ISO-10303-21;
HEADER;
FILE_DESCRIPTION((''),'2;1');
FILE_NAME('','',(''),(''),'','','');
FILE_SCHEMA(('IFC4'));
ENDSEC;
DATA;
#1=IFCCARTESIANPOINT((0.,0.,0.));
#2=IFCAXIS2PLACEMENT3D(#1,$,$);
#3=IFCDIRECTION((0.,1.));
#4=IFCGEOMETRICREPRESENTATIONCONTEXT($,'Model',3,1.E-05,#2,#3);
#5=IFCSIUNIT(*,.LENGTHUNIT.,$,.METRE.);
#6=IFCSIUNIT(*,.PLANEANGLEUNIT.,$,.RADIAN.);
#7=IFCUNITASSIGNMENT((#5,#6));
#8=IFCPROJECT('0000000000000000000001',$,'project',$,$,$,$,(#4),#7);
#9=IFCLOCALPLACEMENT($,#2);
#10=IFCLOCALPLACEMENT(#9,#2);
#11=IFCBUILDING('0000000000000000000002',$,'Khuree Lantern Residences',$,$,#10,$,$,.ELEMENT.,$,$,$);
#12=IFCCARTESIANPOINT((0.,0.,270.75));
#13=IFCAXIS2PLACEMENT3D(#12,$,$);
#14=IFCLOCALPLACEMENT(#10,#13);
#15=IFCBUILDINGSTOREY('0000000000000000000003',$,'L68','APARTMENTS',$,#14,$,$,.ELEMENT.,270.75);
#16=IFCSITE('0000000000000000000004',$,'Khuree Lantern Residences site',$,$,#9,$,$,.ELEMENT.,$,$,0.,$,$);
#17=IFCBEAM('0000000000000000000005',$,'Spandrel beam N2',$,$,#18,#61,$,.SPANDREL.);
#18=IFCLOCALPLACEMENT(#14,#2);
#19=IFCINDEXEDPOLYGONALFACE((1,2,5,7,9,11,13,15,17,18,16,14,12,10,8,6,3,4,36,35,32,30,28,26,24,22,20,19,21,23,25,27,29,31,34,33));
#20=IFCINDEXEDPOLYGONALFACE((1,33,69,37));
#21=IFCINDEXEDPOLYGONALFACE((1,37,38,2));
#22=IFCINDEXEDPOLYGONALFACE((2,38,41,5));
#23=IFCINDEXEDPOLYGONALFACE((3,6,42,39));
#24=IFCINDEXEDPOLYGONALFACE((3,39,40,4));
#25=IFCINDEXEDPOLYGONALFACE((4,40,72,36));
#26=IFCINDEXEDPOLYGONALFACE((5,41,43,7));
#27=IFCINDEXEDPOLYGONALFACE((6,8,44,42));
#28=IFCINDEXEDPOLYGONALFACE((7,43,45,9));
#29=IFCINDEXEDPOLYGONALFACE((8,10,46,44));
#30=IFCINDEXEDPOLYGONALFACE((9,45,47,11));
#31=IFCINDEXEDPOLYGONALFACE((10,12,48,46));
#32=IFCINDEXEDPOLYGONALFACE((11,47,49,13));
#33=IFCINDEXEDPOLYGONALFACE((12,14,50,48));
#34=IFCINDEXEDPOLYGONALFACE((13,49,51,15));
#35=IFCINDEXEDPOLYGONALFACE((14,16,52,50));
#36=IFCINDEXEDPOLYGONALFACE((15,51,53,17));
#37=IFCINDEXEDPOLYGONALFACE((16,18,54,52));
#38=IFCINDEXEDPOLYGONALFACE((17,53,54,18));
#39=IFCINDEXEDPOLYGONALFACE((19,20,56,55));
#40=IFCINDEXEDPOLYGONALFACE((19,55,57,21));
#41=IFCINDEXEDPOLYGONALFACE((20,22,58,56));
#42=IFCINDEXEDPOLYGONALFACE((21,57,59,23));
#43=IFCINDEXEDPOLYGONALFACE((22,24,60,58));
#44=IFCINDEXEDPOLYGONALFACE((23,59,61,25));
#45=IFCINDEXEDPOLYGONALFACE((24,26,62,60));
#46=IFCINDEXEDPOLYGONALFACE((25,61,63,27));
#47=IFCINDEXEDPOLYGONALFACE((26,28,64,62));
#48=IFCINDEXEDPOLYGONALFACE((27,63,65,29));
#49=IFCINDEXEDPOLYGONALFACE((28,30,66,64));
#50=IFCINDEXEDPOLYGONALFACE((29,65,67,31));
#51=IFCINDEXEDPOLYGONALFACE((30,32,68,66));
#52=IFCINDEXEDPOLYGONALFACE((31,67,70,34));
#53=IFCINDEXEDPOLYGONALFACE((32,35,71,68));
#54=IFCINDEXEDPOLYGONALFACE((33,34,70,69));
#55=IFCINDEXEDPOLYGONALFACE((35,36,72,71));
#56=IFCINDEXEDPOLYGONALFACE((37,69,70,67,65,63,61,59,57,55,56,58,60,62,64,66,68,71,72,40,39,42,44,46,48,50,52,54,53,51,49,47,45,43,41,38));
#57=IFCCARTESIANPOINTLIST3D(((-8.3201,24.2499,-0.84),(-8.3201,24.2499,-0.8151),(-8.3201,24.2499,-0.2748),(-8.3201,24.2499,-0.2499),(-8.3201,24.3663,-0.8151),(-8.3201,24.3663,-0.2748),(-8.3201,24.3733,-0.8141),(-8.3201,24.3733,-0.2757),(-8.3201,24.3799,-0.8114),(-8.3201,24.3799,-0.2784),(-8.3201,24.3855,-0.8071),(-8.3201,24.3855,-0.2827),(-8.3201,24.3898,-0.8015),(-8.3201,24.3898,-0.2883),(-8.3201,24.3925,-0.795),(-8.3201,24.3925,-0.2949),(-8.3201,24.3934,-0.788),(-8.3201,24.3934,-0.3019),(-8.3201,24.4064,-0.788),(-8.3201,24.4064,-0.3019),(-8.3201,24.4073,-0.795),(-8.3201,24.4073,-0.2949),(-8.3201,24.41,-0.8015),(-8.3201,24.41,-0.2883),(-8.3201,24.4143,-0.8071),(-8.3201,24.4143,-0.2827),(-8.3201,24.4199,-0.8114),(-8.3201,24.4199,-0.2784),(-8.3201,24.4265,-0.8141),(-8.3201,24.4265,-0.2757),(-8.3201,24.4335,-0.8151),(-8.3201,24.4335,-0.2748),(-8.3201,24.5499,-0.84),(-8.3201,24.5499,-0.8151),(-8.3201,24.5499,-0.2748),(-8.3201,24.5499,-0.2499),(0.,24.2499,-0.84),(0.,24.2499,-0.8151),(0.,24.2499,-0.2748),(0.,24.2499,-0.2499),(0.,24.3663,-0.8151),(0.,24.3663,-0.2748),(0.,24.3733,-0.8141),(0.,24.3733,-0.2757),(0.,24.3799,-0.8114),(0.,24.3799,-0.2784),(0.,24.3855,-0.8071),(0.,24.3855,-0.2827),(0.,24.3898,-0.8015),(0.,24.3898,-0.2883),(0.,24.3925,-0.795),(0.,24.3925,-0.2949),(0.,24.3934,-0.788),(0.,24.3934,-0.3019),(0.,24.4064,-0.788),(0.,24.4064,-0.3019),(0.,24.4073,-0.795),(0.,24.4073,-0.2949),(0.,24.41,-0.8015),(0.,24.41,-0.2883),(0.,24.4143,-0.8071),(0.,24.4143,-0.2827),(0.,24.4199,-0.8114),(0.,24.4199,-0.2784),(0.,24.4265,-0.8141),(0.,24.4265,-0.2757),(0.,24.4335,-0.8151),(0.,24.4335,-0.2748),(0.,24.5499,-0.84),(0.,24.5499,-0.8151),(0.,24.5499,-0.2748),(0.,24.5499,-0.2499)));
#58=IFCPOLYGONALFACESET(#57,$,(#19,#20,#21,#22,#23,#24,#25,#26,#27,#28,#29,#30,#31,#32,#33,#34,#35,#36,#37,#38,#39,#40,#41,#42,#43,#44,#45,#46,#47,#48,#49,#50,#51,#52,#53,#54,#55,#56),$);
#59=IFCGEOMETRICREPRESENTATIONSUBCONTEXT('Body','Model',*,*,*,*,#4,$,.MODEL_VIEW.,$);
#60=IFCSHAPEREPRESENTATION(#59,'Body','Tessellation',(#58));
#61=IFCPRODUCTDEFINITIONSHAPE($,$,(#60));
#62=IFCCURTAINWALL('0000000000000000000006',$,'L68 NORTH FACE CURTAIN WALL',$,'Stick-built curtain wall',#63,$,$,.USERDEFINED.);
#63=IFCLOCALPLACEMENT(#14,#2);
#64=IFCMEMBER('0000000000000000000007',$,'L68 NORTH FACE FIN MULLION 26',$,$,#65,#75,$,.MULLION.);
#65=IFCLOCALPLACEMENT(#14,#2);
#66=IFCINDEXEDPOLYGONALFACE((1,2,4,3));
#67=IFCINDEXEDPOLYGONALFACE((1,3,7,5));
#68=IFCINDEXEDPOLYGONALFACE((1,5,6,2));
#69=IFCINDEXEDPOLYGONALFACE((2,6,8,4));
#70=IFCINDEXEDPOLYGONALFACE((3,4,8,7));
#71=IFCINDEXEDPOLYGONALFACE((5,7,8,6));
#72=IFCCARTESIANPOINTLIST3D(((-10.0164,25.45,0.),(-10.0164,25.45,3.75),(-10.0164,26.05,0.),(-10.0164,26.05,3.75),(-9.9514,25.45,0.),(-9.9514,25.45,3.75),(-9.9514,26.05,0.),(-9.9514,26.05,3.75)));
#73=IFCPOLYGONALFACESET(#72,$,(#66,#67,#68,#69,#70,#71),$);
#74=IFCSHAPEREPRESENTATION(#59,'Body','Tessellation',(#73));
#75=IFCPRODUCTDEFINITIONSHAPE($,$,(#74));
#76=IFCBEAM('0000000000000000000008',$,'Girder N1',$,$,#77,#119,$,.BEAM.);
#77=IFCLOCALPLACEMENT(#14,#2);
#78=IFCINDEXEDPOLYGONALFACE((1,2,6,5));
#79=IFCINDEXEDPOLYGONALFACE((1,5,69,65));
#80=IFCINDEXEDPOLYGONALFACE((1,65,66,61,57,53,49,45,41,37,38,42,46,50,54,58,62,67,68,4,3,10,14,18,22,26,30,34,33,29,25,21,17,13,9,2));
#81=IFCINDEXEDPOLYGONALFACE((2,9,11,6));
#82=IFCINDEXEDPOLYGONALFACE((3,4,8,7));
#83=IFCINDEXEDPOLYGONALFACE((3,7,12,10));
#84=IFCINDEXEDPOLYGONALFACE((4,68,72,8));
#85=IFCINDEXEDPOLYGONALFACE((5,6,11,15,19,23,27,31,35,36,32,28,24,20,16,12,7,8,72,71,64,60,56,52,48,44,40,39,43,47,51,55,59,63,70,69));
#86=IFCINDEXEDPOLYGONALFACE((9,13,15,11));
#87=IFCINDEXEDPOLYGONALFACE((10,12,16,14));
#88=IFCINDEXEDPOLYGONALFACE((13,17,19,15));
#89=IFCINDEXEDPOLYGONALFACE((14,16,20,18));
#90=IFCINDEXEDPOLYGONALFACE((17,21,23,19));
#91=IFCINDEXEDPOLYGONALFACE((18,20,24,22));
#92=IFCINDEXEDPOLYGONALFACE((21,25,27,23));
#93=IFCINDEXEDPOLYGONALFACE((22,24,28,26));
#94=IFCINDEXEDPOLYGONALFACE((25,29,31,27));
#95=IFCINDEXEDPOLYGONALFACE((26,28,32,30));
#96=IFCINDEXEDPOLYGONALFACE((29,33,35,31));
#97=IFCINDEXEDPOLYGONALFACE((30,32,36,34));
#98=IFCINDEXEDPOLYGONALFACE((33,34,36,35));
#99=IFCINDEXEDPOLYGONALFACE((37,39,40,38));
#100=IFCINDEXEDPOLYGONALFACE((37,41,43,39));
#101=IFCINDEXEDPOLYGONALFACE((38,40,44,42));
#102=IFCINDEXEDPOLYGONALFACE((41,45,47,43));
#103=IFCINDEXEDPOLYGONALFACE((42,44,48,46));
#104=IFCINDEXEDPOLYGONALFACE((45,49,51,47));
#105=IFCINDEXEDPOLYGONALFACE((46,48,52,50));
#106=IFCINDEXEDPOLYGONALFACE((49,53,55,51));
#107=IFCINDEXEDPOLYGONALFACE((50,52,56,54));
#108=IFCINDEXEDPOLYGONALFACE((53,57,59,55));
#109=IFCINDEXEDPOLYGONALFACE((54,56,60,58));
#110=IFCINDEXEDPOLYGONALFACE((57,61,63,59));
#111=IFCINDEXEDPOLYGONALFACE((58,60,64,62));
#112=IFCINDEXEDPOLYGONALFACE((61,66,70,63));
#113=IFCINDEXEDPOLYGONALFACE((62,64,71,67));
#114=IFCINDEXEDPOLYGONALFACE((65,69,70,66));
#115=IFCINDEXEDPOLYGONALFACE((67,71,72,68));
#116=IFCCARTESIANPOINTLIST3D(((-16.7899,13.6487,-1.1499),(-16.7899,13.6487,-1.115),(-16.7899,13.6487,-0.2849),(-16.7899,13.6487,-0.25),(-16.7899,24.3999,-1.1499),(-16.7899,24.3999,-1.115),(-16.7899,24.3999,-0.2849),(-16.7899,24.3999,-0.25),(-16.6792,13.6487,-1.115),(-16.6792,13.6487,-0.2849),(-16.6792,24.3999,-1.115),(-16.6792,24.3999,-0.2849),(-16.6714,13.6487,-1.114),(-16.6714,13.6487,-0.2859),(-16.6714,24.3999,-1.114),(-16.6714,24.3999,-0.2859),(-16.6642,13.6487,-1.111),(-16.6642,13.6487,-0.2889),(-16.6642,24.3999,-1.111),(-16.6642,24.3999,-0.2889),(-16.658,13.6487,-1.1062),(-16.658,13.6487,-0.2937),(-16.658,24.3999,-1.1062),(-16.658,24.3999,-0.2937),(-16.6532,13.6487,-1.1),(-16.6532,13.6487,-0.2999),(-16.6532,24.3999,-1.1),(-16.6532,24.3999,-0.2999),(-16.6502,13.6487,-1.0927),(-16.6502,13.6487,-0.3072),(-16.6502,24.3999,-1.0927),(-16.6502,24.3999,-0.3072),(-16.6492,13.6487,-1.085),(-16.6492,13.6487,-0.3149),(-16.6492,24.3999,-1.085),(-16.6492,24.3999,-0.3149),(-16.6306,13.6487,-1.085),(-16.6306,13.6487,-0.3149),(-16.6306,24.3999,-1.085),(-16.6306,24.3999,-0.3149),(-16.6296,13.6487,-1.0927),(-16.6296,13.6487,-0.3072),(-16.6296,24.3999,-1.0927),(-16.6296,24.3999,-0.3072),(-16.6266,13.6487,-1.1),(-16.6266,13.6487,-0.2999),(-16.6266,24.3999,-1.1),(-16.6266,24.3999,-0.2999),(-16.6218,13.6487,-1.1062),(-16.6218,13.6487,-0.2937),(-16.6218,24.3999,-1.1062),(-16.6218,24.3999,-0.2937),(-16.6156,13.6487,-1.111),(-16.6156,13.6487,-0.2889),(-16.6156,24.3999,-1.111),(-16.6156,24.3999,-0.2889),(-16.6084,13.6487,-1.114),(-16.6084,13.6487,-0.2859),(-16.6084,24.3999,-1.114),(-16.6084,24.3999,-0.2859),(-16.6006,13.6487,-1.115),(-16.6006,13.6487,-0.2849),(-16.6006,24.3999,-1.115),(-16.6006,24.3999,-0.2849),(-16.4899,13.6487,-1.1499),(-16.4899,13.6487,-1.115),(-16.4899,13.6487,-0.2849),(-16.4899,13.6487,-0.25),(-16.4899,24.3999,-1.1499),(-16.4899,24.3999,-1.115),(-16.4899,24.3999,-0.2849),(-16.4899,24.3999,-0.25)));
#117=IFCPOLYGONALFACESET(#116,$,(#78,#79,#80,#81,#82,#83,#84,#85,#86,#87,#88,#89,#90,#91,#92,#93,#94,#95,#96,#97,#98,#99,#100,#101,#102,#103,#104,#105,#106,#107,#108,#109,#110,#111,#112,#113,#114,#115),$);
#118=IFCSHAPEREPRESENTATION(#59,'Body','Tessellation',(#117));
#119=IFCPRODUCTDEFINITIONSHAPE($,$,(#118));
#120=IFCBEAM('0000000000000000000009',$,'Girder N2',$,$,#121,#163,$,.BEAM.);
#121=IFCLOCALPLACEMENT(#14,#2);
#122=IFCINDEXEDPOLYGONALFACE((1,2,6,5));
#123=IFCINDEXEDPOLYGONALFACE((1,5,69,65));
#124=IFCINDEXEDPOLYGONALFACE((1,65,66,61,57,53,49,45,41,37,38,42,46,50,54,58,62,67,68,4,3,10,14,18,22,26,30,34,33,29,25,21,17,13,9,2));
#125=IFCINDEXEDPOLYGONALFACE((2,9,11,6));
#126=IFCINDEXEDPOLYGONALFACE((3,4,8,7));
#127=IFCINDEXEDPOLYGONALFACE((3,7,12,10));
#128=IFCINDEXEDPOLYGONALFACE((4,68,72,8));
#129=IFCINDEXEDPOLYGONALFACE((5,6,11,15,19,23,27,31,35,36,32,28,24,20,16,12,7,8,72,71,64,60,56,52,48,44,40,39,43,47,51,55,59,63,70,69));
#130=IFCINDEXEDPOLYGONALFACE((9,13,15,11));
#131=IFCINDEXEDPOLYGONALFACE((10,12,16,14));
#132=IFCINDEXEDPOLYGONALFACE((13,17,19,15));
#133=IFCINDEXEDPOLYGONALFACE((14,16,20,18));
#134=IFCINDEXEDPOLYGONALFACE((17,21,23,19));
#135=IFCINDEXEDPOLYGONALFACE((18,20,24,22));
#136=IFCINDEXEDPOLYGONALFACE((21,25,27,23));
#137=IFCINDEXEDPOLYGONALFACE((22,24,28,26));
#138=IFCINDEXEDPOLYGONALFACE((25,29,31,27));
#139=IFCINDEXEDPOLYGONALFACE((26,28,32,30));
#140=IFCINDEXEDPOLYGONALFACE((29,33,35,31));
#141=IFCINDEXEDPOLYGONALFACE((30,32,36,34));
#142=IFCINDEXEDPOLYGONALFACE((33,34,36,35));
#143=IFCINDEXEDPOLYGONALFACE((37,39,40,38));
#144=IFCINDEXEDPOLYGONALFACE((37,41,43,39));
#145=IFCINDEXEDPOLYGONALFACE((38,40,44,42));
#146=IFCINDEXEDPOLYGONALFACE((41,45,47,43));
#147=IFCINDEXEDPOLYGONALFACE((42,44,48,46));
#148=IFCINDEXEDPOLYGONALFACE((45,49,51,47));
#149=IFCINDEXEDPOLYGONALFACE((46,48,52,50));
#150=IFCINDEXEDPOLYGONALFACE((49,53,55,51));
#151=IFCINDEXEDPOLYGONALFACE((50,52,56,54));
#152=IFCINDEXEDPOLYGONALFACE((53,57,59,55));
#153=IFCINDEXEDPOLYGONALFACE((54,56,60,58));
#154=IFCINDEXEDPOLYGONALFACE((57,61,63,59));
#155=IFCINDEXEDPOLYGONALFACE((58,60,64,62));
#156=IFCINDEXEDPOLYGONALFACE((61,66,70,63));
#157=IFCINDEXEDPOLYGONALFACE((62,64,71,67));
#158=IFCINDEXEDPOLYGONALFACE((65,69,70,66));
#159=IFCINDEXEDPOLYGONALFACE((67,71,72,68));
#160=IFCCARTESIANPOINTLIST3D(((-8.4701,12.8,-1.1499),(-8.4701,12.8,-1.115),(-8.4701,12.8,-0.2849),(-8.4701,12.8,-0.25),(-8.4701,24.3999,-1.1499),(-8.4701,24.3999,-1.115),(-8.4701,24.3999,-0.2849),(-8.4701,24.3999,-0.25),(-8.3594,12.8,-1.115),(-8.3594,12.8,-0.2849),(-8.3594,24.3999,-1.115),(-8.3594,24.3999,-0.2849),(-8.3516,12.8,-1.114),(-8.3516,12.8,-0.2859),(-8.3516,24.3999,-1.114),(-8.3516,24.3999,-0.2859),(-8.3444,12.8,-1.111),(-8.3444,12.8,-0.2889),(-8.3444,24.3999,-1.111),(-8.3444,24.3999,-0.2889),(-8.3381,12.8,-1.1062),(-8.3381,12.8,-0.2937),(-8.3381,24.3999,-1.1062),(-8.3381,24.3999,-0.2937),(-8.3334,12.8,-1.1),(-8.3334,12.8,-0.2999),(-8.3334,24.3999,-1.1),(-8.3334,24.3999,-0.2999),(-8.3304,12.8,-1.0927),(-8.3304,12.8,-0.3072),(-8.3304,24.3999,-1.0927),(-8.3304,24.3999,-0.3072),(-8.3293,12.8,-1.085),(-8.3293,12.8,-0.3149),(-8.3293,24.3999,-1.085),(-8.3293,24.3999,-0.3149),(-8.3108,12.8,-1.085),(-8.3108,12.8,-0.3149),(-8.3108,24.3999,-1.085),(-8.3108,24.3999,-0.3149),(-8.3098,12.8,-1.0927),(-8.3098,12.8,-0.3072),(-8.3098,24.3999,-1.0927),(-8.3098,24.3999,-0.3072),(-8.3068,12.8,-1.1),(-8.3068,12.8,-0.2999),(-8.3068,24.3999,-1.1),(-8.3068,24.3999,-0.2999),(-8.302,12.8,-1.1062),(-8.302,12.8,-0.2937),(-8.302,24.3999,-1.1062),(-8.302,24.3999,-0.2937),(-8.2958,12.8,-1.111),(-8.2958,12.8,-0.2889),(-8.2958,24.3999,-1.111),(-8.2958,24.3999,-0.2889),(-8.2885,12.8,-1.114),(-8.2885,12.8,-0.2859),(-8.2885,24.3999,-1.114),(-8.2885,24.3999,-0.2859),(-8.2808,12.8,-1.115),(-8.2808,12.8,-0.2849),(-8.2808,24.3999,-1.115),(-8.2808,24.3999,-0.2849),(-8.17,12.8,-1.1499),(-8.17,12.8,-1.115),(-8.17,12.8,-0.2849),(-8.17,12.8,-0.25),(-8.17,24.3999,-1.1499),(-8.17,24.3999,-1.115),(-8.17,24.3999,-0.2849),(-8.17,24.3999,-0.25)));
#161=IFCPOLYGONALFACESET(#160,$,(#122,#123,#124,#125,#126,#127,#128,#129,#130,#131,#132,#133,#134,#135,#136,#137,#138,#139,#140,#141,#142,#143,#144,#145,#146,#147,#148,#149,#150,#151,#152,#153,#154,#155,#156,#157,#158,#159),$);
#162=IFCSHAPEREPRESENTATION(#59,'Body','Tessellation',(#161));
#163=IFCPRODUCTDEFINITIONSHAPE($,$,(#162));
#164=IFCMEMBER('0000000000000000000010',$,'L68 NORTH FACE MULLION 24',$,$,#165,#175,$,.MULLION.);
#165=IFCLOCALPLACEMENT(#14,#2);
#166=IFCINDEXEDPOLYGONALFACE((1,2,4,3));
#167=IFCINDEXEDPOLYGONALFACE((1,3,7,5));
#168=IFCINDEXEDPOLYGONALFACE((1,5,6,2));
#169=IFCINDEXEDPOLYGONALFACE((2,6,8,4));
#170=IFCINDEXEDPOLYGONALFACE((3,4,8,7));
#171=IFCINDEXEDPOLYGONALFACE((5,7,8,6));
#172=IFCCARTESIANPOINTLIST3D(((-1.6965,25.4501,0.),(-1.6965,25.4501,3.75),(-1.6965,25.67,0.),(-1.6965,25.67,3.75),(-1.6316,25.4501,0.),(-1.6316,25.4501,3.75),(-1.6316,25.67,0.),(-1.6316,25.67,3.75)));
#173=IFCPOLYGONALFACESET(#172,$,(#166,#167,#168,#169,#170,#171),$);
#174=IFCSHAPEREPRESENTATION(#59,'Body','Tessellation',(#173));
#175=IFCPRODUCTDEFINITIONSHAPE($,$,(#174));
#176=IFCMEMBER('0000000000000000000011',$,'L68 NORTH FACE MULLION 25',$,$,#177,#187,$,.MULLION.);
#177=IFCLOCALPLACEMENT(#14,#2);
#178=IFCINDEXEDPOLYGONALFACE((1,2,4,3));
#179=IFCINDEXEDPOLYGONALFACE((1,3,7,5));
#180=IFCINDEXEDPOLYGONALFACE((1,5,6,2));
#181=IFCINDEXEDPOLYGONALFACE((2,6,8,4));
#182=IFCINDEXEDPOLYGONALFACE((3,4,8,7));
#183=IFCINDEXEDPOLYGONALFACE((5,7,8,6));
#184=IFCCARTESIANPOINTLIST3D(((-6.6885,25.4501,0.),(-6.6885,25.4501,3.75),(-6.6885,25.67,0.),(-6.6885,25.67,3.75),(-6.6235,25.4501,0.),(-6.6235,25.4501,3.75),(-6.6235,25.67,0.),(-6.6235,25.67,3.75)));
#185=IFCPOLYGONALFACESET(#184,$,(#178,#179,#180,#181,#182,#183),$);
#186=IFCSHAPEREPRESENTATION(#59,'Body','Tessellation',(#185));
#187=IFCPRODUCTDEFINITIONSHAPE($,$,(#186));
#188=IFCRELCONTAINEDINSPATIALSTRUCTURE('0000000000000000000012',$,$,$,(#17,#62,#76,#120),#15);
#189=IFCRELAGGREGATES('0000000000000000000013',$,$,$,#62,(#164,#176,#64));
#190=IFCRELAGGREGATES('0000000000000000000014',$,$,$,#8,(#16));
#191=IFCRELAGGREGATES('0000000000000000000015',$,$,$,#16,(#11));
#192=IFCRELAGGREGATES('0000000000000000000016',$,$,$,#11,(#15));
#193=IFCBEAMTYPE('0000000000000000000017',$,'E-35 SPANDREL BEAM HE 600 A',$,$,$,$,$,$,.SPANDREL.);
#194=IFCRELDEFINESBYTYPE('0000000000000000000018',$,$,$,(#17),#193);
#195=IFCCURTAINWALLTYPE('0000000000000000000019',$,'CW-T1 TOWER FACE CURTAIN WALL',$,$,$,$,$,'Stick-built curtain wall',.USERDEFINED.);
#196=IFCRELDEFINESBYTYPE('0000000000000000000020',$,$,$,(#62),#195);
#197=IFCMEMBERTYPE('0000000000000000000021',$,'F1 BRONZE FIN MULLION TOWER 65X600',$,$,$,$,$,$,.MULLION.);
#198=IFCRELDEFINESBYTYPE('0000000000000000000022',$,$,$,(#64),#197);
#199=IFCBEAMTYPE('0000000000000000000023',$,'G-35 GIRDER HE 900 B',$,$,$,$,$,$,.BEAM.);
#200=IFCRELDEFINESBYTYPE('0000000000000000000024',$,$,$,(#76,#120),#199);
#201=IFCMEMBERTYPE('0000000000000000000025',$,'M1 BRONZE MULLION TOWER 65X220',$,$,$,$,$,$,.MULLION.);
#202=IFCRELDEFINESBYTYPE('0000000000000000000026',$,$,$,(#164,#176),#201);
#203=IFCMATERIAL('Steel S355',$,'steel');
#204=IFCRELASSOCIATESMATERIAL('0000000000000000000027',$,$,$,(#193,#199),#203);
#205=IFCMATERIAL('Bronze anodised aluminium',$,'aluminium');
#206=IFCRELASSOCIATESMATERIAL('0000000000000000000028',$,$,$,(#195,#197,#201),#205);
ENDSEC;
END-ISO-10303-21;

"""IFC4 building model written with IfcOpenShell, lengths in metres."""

from ifc_helpers import new_model, si_unit, direction, frame, origin, origin_2d, place, context, subcontext, project, spatial, rectangle, i_section, extrude, material, material_profile, profile_set, type_object, element, aggregate, save


model = new_model("IFC4")

# Units and contexts
model_context = context("Model", 3, precision=1e-05, world=origin(), true_north=direction((0.0, 1.0)))
body_context = subcontext(model_context, "Body", "Model", "MODEL_VIEW")
ifc_project = project(units=[si_unit("LENGTHUNIT", "METRE"), si_unit("PLANEANGLEUNIT", "RADIAN")], contexts=[model_context])

# Site, building, storey
site_placement = place(None, origin())
site = spatial("IfcSite", under=ifc_project, at=site_placement, Name="Khuree Lantern Residences site", CompositionType="ELEMENT", RefElevation=0.0)
building_placement = place(site_placement, origin())
building = spatial("IfcBuilding", under=site, at=building_placement, Name="Khuree Lantern Residences", CompositionType="ELEMENT")
storey_placement = place(building_placement, frame((0.0, 0.0, 270.75)))
storey = spatial("IfcBuildingStorey", under=building, at=storey_placement, Name="L68", Description="APARTMENTS", CompositionType="ELEMENT", Elevation=270.75)

# Beam
ifc_material_1 = material(Name="Steel S355", Category="steel")
ifc_material_profile_1 = material_profile(ifc_material_1, i_section(OverallWidth=0.3, OverallDepth=0.5901, WebThickness=0.0129, FlangeThickness=0.0249, FilletRadius=0.0271, at=origin_2d()), Name="HE 600 A")
ifc_profile_set_1 = profile_set([ifc_material_profile_1], Name="Steel S355")
beam_type_1 = type_object("IfcBeamType", Name="E-35 SPANDREL BEAM HE 600 A", PredefinedType="SPANDREL", material=ifc_profile_set_1)
beam_1_placement = place(storey_placement, frame((-8.3201, 24.3999, -0.5449), z_axis=(1.0, 0.0, 0.0), x_axis=(0.0, 1.0, 0.0)))
element("IfcBeam", 1, at=beam_1_placement, inside=storey, type_object=beam_type_1, Name="Spandrel beam N2", PredefinedType="SPANDREL", context=body_context, shape_type="SweptSolid", body=[
    extrude(i_section(OverallWidth=0.3, OverallDepth=0.5901, WebThickness=0.0129, FlangeThickness=0.0249, FilletRadius=0.0271, at=origin_2d()), origin(), (0.0, 0.0, 1.0), 8.3201),
])

# Curtain wall, member
ifc_material_2 = material(Name="Bronze anodised aluminium", Category="aluminium")
curtain_wall_type = type_object("IfcCurtainWallType", Name="CW-T1 TOWER FACE CURTAIN WALL", ElementType="Stick-built curtain wall", PredefinedType="USERDEFINED", material=ifc_material_2)
curtain_wall_placement = place(storey_placement, origin())
curtain_wall = element("IfcCurtainWall", 2, at=curtain_wall_placement, inside=storey, type_object=curtain_wall_type, Name="L68 NORTH FACE CURTAIN WALL", ObjectType="Stick-built curtain wall", PredefinedType="USERDEFINED")
ifc_material_profile_2 = material_profile(ifc_material_2, rectangle(XDim=0.0649, YDim=0.6001, at=origin_2d()), Name="F1 65X600")
ifc_profile_set_2 = profile_set([ifc_material_profile_2], Name="Bronze anodised aluminium")
member_type_1 = type_object("IfcMemberType", Name="F1 BRONZE FIN MULLION TOWER 65X600", PredefinedType="MULLION", material=ifc_profile_set_2)
member_1_placement = place(storey_placement, frame((-9.9839, 25.75, 0.0), z_axis=(0.0, 0.0, 1.0), x_axis=(-1.0, 0.0, 0.0)))
member_1 = element("IfcMember", 3, at=member_1_placement, type_object=member_type_1, Name="L68 NORTH FACE FIN MULLION 26", PredefinedType="MULLION", context=body_context, shape_type="SweptSolid", body=[
    extrude(rectangle(XDim=0.0649, YDim=0.6001, at=origin_2d()), origin(), (0.0, 0.0, 1.0), 3.75),
])

# Beams
ifc_material_profile_3 = material_profile(ifc_material_1, i_section(OverallWidth=0.3, OverallDepth=0.8999, WebThickness=0.0186, FlangeThickness=0.0349, FilletRadius=0.03, at=origin_2d()), Name="HE 900 B")
ifc_profile_set_3 = profile_set([ifc_material_profile_3], Name="Steel S355")
beam_type_2 = type_object("IfcBeamType", Name="G-35 GIRDER HE 900 B", PredefinedType="BEAM", material=ifc_profile_set_3)
beam_2_placement = place(storey_placement, frame((-16.6399, 24.3999, -0.7), z_axis=(0.0, -1.0, 0.0), x_axis=(1.0, 0.0, 0.0)))
element("IfcBeam", 4, at=beam_2_placement, inside=storey, type_object=beam_type_2, Name="Girder N1", PredefinedType="BEAM", context=body_context, shape_type="SweptSolid", body=[
    extrude(i_section(OverallWidth=0.3, OverallDepth=0.8999, WebThickness=0.0186, FlangeThickness=0.0349, FilletRadius=0.03, at=origin_2d()), origin(), (0.0, 0.0, 1.0), 10.7512),
])
beam_3_placement = place(storey_placement, frame((-8.3201, 24.3999, -0.7), z_axis=(0.0, -1.0, 0.0), x_axis=(1.0, 0.0, 0.0)))
element("IfcBeam", 5, at=beam_3_placement, inside=storey, type_object=beam_type_2, Name="Girder N2", PredefinedType="BEAM", context=body_context, shape_type="SweptSolid", body=[
    extrude(i_section(OverallWidth=0.3, OverallDepth=0.8999, WebThickness=0.0186, FlangeThickness=0.0349, FilletRadius=0.03, at=origin_2d()), origin(), (0.0, 0.0, 1.0), 11.5999),
])

# Members
ifc_material_profile_4 = material_profile(ifc_material_2, rectangle(XDim=0.0649, YDim=0.22, at=origin_2d()), Name="M1 65X220")
ifc_profile_set_4 = profile_set([ifc_material_profile_4], Name="Bronze anodised aluminium")
member_type_2 = type_object("IfcMemberType", Name="M1 BRONZE MULLION TOWER 65X220", PredefinedType="MULLION", material=ifc_profile_set_4)
member_2_placement = place(storey_placement, frame((-1.6641, 25.5601, 0.0), z_axis=(0.0, 0.0, 1.0), x_axis=(-1.0, 0.0, 0.0)))
member_2 = element("IfcMember", 6, at=member_2_placement, type_object=member_type_2, Name="L68 NORTH FACE MULLION 24", PredefinedType="MULLION", context=body_context, shape_type="SweptSolid", body=[
    extrude(rectangle(XDim=0.0649, YDim=0.22, at=origin_2d()), origin(), (0.0, 0.0, 1.0), 3.75),
])
member_3_placement = place(storey_placement, frame((-6.656, 25.5601, 0.0), z_axis=(0.0, 0.0, 1.0), x_axis=(-1.0, 0.0, 0.0)))
member_3 = element("IfcMember", 7, at=member_3_placement, type_object=member_type_2, Name="L68 NORTH FACE MULLION 25", PredefinedType="MULLION", context=body_context, shape_type="SweptSolid", body=[
    extrude(rectangle(XDim=0.0649, YDim=0.22, at=origin_2d()), origin(), (0.0, 0.0, 1.0), 3.75),
])

aggregate(curtain_wall, [member_2, member_3, member_1])

save(model, "model.ifc")
